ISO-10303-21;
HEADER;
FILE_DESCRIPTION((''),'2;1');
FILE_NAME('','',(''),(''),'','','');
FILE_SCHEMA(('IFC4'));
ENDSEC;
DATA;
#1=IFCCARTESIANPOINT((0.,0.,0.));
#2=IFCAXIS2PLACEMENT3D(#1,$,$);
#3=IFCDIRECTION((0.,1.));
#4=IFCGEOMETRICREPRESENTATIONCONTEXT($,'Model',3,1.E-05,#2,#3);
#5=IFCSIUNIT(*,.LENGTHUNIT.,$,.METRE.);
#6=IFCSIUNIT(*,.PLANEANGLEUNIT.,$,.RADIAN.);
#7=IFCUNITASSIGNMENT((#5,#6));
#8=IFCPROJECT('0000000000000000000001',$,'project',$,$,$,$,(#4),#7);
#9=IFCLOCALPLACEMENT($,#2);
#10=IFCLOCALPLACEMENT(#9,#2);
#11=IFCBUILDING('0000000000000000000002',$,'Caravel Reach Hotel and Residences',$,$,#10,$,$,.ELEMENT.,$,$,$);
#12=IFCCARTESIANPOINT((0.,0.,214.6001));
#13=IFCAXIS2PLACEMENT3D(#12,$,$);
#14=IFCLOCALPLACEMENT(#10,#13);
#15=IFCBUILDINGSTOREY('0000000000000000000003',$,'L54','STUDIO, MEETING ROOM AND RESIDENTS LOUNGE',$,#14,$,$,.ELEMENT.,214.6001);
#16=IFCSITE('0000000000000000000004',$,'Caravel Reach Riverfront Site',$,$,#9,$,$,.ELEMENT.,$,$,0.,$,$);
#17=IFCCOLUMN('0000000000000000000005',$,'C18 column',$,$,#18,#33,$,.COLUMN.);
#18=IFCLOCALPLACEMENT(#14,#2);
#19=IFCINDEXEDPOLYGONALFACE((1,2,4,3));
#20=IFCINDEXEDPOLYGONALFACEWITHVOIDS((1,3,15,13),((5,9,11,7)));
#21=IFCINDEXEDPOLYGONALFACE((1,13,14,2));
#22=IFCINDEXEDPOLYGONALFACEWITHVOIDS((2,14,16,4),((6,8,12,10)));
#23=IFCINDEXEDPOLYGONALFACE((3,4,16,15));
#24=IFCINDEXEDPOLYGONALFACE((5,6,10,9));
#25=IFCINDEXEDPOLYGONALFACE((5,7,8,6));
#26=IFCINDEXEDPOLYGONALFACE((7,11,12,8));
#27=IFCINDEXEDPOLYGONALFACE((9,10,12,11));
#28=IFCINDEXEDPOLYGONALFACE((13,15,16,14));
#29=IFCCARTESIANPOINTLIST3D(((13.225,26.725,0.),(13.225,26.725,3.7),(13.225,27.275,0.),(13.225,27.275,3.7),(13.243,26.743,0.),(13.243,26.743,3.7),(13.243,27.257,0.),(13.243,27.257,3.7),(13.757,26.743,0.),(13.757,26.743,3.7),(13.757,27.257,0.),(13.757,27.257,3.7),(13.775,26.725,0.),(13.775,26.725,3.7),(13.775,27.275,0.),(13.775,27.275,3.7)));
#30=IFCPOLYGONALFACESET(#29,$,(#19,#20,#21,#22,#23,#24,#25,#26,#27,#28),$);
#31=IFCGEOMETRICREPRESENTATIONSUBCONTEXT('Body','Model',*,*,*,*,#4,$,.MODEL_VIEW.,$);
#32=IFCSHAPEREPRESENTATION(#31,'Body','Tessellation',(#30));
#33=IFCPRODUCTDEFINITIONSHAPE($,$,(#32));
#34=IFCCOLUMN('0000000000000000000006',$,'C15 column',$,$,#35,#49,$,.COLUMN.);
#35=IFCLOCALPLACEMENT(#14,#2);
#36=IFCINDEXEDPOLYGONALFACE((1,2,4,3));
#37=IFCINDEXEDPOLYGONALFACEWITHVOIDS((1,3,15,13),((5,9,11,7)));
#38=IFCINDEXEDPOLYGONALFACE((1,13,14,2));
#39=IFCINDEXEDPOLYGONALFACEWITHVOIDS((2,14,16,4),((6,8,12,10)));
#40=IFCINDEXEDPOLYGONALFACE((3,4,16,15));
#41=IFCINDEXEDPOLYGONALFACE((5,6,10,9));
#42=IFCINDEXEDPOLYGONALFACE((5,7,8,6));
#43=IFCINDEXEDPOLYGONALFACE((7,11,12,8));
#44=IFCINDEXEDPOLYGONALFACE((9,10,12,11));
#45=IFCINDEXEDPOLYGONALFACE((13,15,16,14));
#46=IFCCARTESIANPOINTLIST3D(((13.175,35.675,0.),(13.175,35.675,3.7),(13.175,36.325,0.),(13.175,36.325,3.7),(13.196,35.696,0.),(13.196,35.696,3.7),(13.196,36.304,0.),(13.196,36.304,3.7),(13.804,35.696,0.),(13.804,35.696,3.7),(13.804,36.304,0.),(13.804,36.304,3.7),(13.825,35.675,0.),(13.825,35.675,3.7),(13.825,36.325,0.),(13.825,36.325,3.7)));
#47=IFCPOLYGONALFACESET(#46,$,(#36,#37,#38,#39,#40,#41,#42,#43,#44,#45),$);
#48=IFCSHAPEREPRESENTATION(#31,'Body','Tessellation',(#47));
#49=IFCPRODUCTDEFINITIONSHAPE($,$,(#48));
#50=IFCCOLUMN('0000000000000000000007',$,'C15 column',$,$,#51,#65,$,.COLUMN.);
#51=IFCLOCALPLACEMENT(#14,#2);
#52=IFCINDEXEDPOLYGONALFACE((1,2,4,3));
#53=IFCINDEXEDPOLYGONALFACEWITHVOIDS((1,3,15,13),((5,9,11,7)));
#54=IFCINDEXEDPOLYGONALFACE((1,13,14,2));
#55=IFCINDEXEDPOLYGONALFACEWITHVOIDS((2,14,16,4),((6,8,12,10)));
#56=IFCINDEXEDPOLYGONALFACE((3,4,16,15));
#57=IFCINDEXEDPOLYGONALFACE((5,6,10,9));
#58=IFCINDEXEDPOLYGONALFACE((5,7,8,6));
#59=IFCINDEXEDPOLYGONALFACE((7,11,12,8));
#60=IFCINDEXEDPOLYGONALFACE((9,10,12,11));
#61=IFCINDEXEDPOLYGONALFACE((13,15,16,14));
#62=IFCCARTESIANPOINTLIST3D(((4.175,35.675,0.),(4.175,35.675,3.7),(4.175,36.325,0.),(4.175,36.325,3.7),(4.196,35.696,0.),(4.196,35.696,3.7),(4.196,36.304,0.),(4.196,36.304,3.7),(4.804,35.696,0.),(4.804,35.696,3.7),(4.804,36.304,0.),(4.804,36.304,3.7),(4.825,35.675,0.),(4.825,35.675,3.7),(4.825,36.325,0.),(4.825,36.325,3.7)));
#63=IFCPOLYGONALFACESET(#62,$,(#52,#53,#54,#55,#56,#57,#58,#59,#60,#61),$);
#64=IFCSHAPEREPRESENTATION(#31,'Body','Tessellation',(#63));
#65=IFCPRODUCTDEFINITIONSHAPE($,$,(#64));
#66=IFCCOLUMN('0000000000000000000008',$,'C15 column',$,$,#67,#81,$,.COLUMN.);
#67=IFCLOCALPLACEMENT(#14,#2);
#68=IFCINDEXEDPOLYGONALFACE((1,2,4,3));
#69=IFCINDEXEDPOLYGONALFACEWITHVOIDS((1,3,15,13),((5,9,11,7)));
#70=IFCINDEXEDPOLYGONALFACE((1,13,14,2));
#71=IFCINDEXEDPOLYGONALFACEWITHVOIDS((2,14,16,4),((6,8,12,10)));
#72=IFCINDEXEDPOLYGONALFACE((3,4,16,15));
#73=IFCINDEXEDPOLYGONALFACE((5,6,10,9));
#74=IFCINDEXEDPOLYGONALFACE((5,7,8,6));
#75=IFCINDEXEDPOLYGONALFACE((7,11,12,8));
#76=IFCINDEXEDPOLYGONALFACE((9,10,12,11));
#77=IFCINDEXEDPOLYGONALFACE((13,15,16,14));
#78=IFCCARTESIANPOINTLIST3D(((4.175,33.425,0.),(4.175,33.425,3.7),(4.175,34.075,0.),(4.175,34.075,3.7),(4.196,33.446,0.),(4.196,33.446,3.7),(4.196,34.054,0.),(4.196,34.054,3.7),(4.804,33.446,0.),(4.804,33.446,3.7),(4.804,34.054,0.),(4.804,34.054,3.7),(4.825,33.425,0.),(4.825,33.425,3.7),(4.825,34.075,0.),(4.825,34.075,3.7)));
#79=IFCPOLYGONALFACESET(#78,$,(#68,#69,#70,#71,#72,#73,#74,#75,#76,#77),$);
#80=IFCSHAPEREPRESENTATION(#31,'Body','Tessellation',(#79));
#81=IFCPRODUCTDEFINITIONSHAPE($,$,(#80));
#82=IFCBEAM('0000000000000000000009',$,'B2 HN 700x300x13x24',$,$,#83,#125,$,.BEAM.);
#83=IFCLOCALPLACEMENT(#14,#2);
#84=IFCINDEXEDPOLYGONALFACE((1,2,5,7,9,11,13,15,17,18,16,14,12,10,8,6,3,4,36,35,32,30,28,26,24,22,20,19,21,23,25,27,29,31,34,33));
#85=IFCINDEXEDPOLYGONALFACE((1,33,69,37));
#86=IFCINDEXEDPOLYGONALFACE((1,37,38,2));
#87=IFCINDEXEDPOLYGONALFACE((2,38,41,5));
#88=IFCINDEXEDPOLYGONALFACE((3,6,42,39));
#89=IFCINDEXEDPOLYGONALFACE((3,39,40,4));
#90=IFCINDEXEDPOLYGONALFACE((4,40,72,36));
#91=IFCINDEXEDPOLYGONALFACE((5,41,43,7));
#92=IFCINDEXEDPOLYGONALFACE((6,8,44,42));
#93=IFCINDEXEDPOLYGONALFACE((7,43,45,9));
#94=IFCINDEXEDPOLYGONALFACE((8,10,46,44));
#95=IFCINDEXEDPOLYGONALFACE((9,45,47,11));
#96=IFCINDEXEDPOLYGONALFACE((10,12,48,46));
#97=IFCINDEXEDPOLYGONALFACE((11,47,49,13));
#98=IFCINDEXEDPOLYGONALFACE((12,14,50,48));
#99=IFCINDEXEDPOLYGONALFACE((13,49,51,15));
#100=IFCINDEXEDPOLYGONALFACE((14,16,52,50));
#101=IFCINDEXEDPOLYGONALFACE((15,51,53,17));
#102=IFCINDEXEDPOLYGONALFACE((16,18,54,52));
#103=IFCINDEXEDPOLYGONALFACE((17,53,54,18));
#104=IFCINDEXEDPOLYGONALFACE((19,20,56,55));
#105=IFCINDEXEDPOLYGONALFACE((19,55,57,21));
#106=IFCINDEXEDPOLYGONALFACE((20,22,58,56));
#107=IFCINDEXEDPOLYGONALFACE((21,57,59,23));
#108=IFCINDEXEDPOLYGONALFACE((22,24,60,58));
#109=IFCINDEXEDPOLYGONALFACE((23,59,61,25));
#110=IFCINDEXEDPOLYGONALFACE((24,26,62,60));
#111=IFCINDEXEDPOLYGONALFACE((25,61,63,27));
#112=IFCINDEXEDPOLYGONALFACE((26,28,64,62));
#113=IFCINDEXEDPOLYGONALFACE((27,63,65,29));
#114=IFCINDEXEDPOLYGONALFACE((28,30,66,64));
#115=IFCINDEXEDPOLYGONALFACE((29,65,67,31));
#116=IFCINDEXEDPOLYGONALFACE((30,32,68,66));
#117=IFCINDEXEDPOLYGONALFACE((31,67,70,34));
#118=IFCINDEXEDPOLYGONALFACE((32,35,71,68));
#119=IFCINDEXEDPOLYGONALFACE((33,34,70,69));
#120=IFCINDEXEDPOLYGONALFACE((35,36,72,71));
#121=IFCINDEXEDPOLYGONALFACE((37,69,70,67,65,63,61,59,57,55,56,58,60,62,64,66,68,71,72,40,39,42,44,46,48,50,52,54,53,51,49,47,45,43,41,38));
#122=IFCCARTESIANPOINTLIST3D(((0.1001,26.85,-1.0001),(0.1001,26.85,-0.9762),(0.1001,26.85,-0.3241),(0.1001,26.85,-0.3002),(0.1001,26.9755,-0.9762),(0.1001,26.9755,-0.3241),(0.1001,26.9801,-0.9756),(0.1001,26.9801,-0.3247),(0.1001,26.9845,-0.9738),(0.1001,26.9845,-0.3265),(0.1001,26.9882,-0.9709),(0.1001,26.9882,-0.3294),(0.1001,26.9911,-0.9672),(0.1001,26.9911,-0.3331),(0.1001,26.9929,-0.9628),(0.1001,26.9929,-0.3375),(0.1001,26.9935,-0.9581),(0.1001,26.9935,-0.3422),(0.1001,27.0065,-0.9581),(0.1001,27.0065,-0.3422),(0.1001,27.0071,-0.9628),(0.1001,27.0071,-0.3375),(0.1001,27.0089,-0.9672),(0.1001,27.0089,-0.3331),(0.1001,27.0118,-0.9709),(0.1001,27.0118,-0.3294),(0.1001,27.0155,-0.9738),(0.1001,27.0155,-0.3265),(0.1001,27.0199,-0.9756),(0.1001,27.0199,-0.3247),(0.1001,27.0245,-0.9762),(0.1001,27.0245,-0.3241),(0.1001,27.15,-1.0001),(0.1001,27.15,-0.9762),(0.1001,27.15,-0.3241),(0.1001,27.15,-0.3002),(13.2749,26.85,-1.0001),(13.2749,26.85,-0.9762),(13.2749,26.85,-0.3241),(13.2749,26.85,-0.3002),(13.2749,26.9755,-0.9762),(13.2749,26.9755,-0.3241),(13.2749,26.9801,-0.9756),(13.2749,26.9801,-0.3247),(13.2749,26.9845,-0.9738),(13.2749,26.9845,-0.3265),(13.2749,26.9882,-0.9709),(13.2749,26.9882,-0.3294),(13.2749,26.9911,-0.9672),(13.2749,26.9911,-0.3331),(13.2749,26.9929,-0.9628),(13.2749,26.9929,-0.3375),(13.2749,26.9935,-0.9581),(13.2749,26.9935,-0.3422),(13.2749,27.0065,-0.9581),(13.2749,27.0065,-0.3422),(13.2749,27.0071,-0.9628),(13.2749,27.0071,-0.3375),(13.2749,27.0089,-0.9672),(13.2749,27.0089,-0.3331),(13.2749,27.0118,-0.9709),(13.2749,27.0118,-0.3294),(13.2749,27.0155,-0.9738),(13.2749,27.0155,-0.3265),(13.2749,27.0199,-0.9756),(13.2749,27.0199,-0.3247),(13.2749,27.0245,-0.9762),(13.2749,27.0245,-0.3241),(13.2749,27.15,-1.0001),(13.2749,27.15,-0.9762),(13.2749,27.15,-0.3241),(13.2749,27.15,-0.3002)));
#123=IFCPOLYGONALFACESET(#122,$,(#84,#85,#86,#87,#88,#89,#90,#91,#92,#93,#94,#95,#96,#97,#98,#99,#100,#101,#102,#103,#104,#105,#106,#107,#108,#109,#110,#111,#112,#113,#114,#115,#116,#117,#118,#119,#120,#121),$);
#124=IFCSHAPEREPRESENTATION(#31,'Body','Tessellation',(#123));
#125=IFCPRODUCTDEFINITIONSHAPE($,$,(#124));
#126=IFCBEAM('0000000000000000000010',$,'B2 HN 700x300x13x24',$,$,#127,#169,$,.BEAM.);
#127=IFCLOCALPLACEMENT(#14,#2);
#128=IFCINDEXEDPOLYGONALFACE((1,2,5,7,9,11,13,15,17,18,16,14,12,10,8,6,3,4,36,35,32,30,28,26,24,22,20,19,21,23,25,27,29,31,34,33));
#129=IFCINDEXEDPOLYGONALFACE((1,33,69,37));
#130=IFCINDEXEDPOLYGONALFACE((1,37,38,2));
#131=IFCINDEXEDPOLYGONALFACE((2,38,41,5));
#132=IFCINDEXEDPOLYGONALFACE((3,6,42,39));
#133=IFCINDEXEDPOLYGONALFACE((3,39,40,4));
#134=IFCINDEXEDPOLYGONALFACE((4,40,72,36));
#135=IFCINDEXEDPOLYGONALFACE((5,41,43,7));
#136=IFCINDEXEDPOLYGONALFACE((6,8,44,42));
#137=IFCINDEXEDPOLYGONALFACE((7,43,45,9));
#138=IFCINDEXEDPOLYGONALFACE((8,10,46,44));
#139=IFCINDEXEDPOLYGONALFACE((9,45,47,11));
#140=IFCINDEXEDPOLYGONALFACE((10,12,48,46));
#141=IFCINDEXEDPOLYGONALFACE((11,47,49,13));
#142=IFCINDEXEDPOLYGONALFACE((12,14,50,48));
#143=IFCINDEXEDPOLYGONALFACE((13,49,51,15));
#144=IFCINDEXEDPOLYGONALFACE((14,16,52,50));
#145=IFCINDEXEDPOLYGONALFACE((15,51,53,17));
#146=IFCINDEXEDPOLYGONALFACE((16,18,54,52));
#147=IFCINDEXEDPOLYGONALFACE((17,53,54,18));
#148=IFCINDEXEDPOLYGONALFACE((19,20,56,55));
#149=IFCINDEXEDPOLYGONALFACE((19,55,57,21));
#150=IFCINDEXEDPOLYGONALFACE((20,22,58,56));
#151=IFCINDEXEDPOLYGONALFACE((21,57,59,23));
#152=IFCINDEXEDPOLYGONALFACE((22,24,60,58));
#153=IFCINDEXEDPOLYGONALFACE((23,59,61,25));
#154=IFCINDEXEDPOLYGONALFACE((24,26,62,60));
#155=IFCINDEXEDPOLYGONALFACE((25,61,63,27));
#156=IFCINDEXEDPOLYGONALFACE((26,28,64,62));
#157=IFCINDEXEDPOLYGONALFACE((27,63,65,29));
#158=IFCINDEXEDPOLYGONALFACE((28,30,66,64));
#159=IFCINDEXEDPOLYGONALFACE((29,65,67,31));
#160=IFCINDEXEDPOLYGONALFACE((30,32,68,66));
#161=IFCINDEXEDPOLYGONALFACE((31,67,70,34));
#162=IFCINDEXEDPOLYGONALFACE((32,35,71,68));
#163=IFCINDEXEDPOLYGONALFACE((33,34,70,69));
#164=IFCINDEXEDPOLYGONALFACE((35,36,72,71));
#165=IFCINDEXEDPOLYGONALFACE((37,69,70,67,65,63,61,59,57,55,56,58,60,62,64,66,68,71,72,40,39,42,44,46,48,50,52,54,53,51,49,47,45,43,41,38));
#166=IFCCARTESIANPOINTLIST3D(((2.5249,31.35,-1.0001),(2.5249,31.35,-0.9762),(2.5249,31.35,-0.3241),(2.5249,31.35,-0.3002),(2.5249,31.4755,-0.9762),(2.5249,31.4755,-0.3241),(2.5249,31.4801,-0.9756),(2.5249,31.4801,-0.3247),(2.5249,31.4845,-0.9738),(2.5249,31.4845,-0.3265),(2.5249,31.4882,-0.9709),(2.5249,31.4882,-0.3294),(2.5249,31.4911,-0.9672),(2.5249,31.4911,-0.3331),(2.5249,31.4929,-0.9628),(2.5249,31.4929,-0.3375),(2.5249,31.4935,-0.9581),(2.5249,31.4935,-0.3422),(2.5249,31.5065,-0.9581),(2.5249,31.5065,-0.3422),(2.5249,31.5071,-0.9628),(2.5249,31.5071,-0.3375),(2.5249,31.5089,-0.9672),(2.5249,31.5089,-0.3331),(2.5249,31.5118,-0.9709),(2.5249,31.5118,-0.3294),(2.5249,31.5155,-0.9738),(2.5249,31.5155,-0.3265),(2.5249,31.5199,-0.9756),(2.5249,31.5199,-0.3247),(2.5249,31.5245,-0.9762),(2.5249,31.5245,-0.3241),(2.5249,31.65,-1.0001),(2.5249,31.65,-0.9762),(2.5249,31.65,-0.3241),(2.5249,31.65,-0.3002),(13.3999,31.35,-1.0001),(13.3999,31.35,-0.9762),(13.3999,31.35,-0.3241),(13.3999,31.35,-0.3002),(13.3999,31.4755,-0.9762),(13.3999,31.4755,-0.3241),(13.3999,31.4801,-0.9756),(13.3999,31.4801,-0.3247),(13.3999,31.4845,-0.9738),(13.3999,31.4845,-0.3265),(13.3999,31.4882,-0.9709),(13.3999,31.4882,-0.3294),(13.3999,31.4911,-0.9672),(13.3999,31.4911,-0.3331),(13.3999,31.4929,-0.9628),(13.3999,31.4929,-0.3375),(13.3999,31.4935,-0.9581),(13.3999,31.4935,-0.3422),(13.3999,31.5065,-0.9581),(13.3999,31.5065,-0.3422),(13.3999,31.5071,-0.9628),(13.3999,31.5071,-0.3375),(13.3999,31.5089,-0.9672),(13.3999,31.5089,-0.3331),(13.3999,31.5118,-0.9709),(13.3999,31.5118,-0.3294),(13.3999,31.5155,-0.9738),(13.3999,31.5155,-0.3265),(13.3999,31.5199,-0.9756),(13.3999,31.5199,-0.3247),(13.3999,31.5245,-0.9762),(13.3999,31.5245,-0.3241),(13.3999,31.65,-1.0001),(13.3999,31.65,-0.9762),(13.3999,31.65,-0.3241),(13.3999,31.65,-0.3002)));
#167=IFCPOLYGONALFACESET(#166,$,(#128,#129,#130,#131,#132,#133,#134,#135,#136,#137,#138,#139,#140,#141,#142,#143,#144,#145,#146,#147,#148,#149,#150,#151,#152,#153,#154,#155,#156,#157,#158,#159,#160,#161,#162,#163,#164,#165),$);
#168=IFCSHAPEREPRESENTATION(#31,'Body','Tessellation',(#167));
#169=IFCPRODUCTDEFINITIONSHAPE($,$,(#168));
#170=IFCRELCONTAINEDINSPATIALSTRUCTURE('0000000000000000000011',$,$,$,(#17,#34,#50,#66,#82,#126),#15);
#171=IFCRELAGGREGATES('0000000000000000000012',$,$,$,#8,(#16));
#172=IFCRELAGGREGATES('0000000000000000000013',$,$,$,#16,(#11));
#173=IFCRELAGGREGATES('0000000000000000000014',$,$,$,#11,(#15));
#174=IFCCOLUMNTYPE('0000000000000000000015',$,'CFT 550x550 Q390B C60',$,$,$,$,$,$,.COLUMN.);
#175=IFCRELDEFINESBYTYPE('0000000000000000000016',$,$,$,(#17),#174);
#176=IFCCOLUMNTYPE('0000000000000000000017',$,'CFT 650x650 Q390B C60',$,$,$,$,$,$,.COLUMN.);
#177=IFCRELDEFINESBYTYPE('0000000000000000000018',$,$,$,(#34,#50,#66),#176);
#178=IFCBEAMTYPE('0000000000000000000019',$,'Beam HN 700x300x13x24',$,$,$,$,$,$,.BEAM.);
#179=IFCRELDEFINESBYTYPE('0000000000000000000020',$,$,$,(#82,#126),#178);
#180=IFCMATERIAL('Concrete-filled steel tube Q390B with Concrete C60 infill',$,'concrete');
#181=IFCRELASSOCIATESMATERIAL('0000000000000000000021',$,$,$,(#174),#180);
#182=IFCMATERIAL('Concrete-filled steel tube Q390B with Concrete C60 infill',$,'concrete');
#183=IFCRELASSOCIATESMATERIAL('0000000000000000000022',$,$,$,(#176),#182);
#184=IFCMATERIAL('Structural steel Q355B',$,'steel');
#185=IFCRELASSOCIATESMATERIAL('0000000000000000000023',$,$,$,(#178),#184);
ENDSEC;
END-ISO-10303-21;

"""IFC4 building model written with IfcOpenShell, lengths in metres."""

from ifc_helpers import new_model, si_unit, direction, frame, origin, origin_2d, place, context, subcontext, project, spatial, hollow_rectangle, i_section, extrude, material, material_profile, profile_set, type_object, element, save


model = new_model("IFC4")

# Units and contexts
model_context = context("Model", 3, precision=1e-05, world=origin(), true_north=direction((0.0, 1.0)))
body_context = subcontext(model_context, "Body", "Model", "MODEL_VIEW")
ifc_project = project(units=[si_unit("LENGTHUNIT", "METRE"), si_unit("PLANEANGLEUNIT", "RADIAN")], contexts=[model_context])

# Site, building, storey
site_placement = place(None, origin())
site = spatial("IfcSite", under=ifc_project, at=site_placement, Name="Caravel Reach Riverfront Site", CompositionType="ELEMENT", RefElevation=0.0)
building_placement = place(site_placement, origin())
building = spatial("IfcBuilding", under=site, at=building_placement, Name="Caravel Reach Hotel and Residences", CompositionType="ELEMENT")
storey_placement = place(building_placement, frame((0.0, 0.0, 214.6001)))
storey = spatial("IfcBuildingStorey", under=building, at=storey_placement, Name="L54", Description="STUDIO, MEETING ROOM AND RESIDENTS LOUNGE", CompositionType="ELEMENT", Elevation=214.6001)

# Columns
ifc_material_1 = material(Name="Concrete-filled steel tube Q390B with Concrete C60 infill", Category="concrete")
ifc_material_profile_1 = material_profile(ifc_material_1, hollow_rectangle(XDim=0.55, YDim=0.55, WallThickness=0.0181, at=origin_2d()), Name="RHS 550x550x18")
ifc_profile_set_1 = profile_set([ifc_material_profile_1], Name="Concrete-filled steel tube Q390B with Concrete C60 infill")
column_type_1 = type_object("IfcColumnType", Name="CFT 550x550 Q390B C60", PredefinedType="COLUMN", material=ifc_profile_set_1)
column_placement = place(storey_placement, frame((13.5, 27.0, 0.0), z_axis=(0.0, 0.0, 1.0), x_axis=(1.0, 0.0, 0.0)))
element("IfcColumn", 1, at=column_placement, inside=storey, type_object=column_type_1, Name="C18 column", PredefinedType="COLUMN", context=body_context, shape_type="SweptSolid", body=[
    extrude(hollow_rectangle(XDim=0.55, YDim=0.55, WallThickness=0.0181, at=origin_2d()), origin(), (0.0, 0.0, 1.0), 3.7),
])
ifc_material_2 = material(Name="Concrete-filled steel tube Q390B with Concrete C60 infill", Category="concrete")
ifc_material_profile_2 = material_profile(ifc_material_2, hollow_rectangle(XDim=0.6499, YDim=0.6499, WallThickness=0.021, at=origin_2d()), Name="RHS 650x650x21")
ifc_profile_set_2 = profile_set([ifc_material_profile_2], Name="Concrete-filled steel tube Q390B with Concrete C60 infill")
column_type_2 = type_object("IfcColumnType", Name="CFT 650x650 Q390B C60", PredefinedType="COLUMN", material=ifc_profile_set_2)
for number, where, z_axis, x_axis, name in (
    (2, (13.5, 36.0, 0.0), (0.0, 0.0, 1.0), (1.0, 0.0, 0.0), "C15 column"),
    (3, (4.5, 36.0, 0.0), (0.0, 0.0, 1.0), (1.0, 0.0, 0.0), "C15 column"),
    (4, (4.5, 33.75, 0.0), (0.0, 0.0, 1.0), (1.0, 0.0, 0.0), "C15 column"),
):
    element("IfcColumn", number, at=place(storey_placement, frame(where, z_axis=z_axis, x_axis=x_axis)), inside=storey, type_object=column_type_2, Name=name, PredefinedType="COLUMN", context=body_context, shape_type="SweptSolid", body=[
        extrude(hollow_rectangle(XDim=0.6499, YDim=0.6499, WallThickness=0.021, at=origin_2d()), origin(), (0.0, 0.0, 1.0), 3.7),
    ])

# Beams
ifc_material_3 = material(Name="Structural steel Q355B", Category="steel")
ifc_material_profile_3 = material_profile(ifc_material_3, i_section(OverallWidth=0.3, OverallDepth=0.7, WebThickness=0.0129, FlangeThickness=0.0239, FilletRadius=0.0181, at=origin_2d()), Name="HN 700x300x13x24")
ifc_profile_set_3 = profile_set([ifc_material_profile_3], Name="Structural steel Q355B")
beam_type_1 = type_object("IfcBeamType", Name="Beam HN 700x300x13x24", PredefinedType="BEAM", material=ifc_profile_set_3)
beam_1_placement = place(storey_placement, frame((13.2749, 27.0, -0.6501), z_axis=(-1.0, 0.0, 0.0), x_axis=(0.0, -1.0, 0.0)))
element("IfcBeam", 5, at=beam_1_placement, inside=storey, type_object=beam_type_1, Name="B2 HN 700x300x13x24", PredefinedType="BEAM", context=body_context, shape_type="SweptSolid", body=[
    extrude(i_section(OverallWidth=0.3, OverallDepth=0.7, WebThickness=0.0129, FlangeThickness=0.0239, FilletRadius=0.0181, at=origin_2d()), origin(), (0.0, 0.0, 1.0), 13.1748),
])
beam_2_placement = place(storey_placement, frame((13.3999, 31.5, -0.6501), z_axis=(-1.0, 0.0, 0.0), x_axis=(0.0, -1.0, 0.0)))
element("IfcBeam", 6, at=beam_2_placement, inside=storey, type_object=beam_type_1, Name="B2 HN 700x300x13x24", PredefinedType="BEAM", context=body_context, shape_type="SweptSolid", body=[
    extrude(i_section(OverallWidth=0.3, OverallDepth=0.7, WebThickness=0.0129, FlangeThickness=0.0239, FilletRadius=0.0181, at=origin_2d()), origin(), (0.0, 0.0, 1.0), 10.875),
])

save(model, "model.ifc")
